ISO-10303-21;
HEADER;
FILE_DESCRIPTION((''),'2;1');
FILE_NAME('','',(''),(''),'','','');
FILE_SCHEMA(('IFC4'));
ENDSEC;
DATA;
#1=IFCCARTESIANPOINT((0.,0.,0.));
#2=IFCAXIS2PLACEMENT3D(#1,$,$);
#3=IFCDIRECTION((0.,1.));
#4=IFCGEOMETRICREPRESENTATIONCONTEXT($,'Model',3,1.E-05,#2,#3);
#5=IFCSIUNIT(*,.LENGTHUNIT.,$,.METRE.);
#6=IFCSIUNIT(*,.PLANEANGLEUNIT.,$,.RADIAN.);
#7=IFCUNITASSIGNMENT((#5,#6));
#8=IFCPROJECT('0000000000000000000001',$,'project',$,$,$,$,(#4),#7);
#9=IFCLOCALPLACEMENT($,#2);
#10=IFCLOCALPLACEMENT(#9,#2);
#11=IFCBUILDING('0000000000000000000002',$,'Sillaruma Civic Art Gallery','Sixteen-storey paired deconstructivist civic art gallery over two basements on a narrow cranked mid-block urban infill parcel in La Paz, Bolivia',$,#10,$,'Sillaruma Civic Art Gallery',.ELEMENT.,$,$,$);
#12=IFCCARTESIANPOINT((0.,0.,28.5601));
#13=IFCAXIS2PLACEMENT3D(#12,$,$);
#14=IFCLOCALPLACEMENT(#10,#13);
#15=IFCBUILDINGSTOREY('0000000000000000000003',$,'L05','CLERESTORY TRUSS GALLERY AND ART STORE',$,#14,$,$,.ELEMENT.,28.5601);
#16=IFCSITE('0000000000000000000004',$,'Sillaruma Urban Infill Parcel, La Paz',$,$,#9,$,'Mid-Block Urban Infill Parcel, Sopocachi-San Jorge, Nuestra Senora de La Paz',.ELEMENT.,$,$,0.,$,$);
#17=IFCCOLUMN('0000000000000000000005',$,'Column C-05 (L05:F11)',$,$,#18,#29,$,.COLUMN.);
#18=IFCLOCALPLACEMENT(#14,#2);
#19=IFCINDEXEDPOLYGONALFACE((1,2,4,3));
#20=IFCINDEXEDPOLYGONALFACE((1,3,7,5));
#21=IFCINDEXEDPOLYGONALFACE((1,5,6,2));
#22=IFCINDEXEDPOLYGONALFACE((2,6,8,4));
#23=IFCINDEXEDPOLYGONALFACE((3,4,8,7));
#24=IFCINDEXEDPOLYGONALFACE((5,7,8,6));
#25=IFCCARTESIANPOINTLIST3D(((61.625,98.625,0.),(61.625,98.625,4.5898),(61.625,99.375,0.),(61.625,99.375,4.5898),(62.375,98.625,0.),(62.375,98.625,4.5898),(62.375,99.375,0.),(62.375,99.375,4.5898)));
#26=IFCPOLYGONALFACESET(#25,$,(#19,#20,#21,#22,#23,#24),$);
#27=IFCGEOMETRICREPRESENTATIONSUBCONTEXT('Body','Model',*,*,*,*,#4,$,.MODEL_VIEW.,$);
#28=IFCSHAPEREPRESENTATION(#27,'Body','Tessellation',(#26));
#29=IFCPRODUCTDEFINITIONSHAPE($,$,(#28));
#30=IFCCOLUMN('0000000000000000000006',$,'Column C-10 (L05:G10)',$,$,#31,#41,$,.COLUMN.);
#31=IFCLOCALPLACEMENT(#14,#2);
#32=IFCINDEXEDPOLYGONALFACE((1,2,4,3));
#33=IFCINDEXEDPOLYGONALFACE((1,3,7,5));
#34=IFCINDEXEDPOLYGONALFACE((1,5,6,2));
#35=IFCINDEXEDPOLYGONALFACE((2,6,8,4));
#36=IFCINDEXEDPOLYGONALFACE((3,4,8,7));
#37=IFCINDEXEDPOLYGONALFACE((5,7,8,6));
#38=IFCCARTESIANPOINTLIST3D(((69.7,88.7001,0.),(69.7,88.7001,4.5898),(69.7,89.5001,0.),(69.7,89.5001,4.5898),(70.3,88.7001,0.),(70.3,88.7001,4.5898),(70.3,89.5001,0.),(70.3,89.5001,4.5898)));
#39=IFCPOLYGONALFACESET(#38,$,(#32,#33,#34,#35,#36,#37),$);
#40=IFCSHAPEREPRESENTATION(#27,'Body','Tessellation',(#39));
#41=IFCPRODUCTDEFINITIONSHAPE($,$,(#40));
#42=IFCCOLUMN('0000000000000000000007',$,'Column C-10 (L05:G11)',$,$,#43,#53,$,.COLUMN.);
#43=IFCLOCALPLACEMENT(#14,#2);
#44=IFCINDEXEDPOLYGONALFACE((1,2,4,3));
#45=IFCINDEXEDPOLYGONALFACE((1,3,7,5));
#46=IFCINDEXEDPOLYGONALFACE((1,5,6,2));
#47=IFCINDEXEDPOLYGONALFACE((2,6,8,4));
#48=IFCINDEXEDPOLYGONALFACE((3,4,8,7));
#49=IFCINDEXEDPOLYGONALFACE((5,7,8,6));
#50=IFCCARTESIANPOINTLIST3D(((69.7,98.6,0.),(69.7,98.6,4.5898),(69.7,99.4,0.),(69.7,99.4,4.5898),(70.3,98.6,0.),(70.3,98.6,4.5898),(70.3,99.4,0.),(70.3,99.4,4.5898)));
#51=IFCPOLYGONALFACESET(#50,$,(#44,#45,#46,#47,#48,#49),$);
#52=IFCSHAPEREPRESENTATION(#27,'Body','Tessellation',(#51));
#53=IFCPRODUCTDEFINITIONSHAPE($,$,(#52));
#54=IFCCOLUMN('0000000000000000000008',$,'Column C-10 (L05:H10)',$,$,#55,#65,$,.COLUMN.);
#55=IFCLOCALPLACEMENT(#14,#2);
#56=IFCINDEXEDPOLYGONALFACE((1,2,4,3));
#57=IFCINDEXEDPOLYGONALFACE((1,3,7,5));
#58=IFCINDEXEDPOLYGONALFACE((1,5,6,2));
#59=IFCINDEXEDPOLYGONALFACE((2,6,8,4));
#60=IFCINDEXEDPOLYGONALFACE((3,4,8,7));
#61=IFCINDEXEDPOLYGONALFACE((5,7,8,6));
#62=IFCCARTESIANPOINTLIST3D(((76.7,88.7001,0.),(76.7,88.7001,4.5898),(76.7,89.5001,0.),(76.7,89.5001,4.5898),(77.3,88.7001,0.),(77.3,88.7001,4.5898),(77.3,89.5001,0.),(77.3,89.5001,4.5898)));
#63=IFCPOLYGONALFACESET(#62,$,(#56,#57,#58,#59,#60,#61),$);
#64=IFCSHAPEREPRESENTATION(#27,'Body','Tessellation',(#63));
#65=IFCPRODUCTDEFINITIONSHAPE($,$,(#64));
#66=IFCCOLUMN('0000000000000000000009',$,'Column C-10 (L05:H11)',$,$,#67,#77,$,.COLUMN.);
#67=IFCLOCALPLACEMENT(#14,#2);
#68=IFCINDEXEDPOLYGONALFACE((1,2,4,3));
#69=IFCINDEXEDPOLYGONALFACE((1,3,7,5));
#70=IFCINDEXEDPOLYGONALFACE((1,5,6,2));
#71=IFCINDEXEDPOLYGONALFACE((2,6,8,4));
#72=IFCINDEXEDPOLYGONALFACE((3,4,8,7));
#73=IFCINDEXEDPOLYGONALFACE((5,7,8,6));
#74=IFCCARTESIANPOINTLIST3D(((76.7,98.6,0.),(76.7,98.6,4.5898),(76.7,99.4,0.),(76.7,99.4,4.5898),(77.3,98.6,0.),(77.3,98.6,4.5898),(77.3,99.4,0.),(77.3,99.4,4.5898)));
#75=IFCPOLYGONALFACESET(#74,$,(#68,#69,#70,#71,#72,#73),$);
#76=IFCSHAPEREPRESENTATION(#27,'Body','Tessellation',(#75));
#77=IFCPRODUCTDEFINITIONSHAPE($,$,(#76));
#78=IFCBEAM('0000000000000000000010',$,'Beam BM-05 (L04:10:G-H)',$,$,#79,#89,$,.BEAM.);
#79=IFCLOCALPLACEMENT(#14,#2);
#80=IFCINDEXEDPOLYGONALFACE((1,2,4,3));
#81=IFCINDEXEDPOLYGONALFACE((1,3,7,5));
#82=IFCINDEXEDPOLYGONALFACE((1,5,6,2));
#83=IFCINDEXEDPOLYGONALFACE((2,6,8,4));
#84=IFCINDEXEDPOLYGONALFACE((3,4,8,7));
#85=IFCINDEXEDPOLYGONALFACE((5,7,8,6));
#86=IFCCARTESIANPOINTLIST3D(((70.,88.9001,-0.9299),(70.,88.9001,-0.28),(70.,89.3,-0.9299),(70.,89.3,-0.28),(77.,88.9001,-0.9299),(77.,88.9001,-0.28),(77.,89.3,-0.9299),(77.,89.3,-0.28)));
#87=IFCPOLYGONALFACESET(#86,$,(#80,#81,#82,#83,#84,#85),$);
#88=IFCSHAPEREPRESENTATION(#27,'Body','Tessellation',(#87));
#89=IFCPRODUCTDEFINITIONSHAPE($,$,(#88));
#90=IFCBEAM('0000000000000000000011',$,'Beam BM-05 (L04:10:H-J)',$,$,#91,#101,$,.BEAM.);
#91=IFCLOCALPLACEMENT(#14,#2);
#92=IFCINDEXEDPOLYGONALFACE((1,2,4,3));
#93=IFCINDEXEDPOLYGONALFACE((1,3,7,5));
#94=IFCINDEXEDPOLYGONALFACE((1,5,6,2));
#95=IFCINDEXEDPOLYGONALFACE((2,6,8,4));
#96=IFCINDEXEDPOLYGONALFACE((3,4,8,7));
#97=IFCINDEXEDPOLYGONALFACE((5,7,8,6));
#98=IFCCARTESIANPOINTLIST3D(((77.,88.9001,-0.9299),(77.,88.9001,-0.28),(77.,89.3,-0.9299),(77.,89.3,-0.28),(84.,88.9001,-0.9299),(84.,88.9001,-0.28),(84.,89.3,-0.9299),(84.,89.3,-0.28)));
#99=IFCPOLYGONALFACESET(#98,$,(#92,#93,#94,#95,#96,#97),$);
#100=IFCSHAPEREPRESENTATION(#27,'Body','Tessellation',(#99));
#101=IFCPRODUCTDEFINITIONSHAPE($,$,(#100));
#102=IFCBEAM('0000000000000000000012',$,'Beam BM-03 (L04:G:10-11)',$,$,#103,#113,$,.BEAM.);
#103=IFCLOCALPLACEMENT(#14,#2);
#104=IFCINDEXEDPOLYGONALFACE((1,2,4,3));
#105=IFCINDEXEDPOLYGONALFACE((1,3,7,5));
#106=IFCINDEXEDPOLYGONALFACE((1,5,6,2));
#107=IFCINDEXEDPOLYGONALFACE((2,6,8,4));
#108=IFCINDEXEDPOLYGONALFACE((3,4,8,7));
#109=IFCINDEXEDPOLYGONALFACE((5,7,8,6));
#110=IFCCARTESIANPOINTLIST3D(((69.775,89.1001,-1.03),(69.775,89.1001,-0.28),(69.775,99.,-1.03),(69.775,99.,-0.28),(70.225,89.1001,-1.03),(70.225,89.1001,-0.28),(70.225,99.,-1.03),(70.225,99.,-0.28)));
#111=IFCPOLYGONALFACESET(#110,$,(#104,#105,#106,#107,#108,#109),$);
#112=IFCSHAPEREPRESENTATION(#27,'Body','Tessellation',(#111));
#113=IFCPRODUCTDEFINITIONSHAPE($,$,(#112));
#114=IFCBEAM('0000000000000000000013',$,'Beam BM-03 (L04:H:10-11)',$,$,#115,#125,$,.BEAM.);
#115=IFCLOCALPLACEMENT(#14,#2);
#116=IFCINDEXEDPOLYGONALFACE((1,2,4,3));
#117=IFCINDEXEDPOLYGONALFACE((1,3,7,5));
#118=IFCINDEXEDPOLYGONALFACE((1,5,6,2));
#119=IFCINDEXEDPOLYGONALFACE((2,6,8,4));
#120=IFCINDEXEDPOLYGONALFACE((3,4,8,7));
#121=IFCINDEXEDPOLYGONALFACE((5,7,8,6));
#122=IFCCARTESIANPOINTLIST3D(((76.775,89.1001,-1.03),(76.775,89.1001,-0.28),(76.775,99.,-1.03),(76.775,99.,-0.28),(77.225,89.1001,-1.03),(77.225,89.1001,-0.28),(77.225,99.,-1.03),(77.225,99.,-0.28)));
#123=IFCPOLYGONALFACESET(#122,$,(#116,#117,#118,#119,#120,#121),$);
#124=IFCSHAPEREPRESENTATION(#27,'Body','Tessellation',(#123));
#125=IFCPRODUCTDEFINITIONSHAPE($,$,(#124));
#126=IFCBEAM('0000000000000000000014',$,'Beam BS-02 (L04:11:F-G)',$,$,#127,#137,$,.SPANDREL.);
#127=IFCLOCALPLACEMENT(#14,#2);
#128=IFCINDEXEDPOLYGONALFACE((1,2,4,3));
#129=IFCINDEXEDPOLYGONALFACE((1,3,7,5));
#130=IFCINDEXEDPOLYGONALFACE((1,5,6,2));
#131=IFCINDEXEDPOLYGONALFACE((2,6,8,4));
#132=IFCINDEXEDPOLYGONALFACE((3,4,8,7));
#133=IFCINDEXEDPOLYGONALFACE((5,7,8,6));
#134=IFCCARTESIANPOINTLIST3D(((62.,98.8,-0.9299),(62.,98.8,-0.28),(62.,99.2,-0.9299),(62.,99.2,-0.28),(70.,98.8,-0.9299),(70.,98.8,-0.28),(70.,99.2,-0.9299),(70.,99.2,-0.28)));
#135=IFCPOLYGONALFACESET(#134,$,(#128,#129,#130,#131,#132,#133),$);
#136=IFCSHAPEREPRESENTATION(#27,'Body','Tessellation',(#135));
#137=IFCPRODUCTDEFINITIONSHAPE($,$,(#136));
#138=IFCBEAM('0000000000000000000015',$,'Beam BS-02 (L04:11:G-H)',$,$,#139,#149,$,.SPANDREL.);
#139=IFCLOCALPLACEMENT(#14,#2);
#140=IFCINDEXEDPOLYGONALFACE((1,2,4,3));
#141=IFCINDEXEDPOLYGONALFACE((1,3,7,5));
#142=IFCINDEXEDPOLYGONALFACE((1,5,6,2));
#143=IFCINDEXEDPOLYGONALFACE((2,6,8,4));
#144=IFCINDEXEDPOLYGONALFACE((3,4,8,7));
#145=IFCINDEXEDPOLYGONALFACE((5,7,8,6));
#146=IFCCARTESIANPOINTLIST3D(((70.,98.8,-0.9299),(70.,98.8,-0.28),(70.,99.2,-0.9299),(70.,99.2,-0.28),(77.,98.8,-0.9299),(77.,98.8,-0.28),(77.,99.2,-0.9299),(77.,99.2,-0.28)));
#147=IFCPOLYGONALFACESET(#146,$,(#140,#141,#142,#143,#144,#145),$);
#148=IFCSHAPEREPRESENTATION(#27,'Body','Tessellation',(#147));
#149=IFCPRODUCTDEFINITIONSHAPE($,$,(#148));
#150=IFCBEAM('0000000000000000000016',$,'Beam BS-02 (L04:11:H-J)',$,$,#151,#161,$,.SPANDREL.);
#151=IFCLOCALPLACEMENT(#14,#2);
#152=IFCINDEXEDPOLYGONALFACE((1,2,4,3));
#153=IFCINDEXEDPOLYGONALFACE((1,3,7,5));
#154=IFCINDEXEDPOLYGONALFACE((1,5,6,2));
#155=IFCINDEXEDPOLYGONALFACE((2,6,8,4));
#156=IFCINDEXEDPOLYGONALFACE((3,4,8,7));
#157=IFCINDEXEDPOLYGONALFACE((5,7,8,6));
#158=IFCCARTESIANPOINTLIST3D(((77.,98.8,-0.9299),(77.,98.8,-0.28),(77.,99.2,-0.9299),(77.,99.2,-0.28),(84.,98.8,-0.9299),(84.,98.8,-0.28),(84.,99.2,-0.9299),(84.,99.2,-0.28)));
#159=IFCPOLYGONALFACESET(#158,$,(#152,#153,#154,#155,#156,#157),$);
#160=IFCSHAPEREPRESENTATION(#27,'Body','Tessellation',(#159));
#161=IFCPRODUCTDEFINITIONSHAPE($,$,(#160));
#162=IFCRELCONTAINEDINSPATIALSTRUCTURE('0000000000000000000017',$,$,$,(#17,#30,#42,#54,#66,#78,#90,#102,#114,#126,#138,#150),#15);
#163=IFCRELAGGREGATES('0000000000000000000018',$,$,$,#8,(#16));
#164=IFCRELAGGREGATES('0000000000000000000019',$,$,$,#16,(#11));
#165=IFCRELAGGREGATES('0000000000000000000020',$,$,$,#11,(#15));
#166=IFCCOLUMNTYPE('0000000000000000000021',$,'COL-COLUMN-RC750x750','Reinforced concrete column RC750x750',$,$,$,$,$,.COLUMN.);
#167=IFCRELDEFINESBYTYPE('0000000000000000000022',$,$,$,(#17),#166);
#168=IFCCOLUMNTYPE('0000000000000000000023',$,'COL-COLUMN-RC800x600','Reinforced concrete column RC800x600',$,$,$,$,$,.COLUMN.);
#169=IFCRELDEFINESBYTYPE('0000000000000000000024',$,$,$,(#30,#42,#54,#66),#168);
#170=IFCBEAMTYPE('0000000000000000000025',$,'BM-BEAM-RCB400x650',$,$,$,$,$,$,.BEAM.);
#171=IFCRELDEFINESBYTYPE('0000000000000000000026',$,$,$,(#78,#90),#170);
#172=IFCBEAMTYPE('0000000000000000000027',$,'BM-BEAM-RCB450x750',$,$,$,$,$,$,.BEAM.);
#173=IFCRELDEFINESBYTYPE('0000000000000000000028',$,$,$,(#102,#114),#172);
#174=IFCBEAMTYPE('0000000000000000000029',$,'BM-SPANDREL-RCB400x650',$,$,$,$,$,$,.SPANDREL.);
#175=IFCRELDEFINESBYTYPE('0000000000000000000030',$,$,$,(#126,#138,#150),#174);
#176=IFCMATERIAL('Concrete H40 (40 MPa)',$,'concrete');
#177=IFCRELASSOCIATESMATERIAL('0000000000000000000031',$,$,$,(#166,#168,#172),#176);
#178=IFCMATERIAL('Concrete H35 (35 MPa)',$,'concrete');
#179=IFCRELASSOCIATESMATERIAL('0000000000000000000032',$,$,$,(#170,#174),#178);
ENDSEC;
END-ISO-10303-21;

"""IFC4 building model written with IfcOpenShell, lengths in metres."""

from ifc_helpers import new_model, si_unit, direction, frame, origin, origin_2d, place, context, subcontext, project, spatial, rectangle, extrude, material, material_profile, profile_set, type_object, element, save


model = new_model("IFC4")

# Units and contexts
model_context = context("Model", 3, precision=1e-05, world=origin(), true_north=direction((0.0, 1.0)))
body_context = subcontext(model_context, "Body", "Model", "MODEL_VIEW")
ifc_project = project(units=[si_unit("LENGTHUNIT", "METRE"), si_unit("PLANEANGLEUNIT", "RADIAN")], contexts=[model_context])

# Site, building, storey
site_placement = place(None, origin())
site = spatial("IfcSite", under=ifc_project, at=site_placement, Name="Sillaruma Urban Infill Parcel, La Paz", LongName="Mid-Block Urban Infill Parcel, Sopocachi-San Jorge, Nuestra Senora de La Paz", CompositionType="ELEMENT", RefElevation=0.0)
building_placement = place(site_placement, origin())
building = spatial("IfcBuilding", under=site, at=building_placement, Name="Sillaruma Civic Art Gallery", Description="Sixteen-storey paired deconstructivist civic art gallery over two basements on a narrow cranked mid-block urban infill parcel in La Paz, Bolivia", LongName="Sillaruma Civic Art Gallery", CompositionType="ELEMENT")
storey_placement = place(building_placement, frame((0.0, 0.0, 28.5601)))
storey = spatial("IfcBuildingStorey", under=building, at=storey_placement, Name="L05", Description="CLERESTORY TRUSS GALLERY AND ART STORE", CompositionType="ELEMENT", Elevation=28.5601)

# Columns
ifc_material_1 = material(Name="Concrete H40 (40 MPa)", Category="concrete")
ifc_material_profile_1 = material_profile(ifc_material_1, rectangle(XDim=0.75, YDim=0.75, at=origin_2d()), Name="RC750x750")
ifc_profile_set_1 = profile_set([ifc_material_profile_1], Name="Concrete H40 (40 MPa)")
column_type_1 = type_object("IfcColumnType", Name="COL-COLUMN-RC750x750", Description="Reinforced concrete column RC750x750", PredefinedType="COLUMN", material=ifc_profile_set_1)
column_placement = place(storey_placement, frame((62.0, 99.0, 0.0), z_axis=(0.0, 0.0, 1.0), x_axis=(1.0, 0.0, 0.0)))
element("IfcColumn", 1, at=column_placement, inside=storey, type_object=column_type_1, Name="Column C-05 (L05:F11)", PredefinedType="COLUMN", context=body_context, shape_type="SweptSolid", body=[
    extrude(rectangle(XDim=0.75, YDim=0.75, at=origin_2d()), origin(), (0.0, 0.0, 1.0), 4.5898),
])
ifc_material_profile_2 = material_profile(ifc_material_1, rectangle(XDim=0.6001, YDim=0.8, at=origin_2d()), Name="RC800x600")
ifc_profile_set_2 = profile_set([ifc_material_profile_2], Name="Concrete H40 (40 MPa)")
column_type_2 = type_object("IfcColumnType", Name="COL-COLUMN-RC800x600", Description="Reinforced concrete column RC800x600", PredefinedType="COLUMN", material=ifc_profile_set_2)
for number, where, z_axis, x_axis, name in (
    (2, (70.0, 89.1001, 0.0), (0.0, 0.0, 1.0), (1.0, 0.0, 0.0), "Column C-10 (L05:G10)"),
    (3, (70.0, 99.0, 0.0), (0.0, 0.0, 1.0), (1.0, 0.0, 0.0), "Column C-10 (L05:G11)"),
    (4, (77.0, 89.1001, 0.0), (0.0, 0.0, 1.0), (1.0, 0.0, 0.0), "Column C-10 (L05:H10)"),
    (5, (77.0, 99.0, 0.0), (0.0, 0.0, 1.0), (1.0, 0.0, 0.0), "Column C-10 (L05:H11)"),
):
    element("IfcColumn", number, at=place(storey_placement, frame(where, z_axis=z_axis, x_axis=x_axis)), inside=storey, type_object=column_type_2, Name=name, PredefinedType="COLUMN", context=body_context, shape_type="SweptSolid", body=[
        extrude(rectangle(XDim=0.6001, YDim=0.8, at=origin_2d()), origin(), (0.0, 0.0, 1.0), 4.5898),
    ])

# Beams
ifc_material_2 = material(Name="Concrete H35 (35 MPa)", Category="concrete")
ifc_material_profile_3 = material_profile(ifc_material_2, rectangle(XDim=0.3999, YDim=0.6499, at=origin_2d()), Name="RCB400x650")
ifc_profile_set_3 = profile_set([ifc_material_profile_3], Name="Concrete H35 (35 MPa)")
beam_type_1 = type_object("IfcBeamType", Name="BM-BEAM-RCB400x650", PredefinedType="BEAM", material=ifc_profile_set_3)
for number, where, z_axis, x_axis, name in (
    (6, (70.0, 89.1001, -0.605), (1.0, 0.0, 0.0), (0.0, 1.0, 0.0), "Beam BM-05 (L04:10:G-H)"),
    (7, (77.0, 89.1001, -0.605), (1.0, 0.0, 0.0), (0.0, 1.0, 0.0), "Beam BM-05 (L04:10:H-J)"),
):
    element("IfcBeam", number, at=place(storey_placement, frame(where, z_axis=z_axis, x_axis=x_axis)), inside=storey, type_object=beam_type_1, Name=name, PredefinedType="BEAM", context=body_context, shape_type="SweptSolid", body=[
        extrude(rectangle(XDim=0.3999, YDim=0.6499, at=origin_2d()), origin(), (0.0, 0.0, 1.0), 7.0),
    ])
ifc_material_profile_4 = material_profile(ifc_material_1, rectangle(XDim=0.45, YDim=0.75, at=origin_2d()), Name="RCB450x750")
ifc_profile_set_4 = profile_set([ifc_material_profile_4], Name="Concrete H40 (40 MPa)")
beam_type_2 = type_object("IfcBeamType", Name="BM-BEAM-RCB450x750", PredefinedType="BEAM", material=ifc_profile_set_4)
for number, where, z_axis, x_axis, name in (
    (8, (70.0, 89.1001, -0.655), (0.0, 1.0, 0.0), (-1.0, 0.0, 0.0), "Beam BM-03 (L04:G:10-11)"),
    (9, (77.0, 89.1001, -0.655), (0.0, 1.0, 0.0), (-1.0, 0.0, 0.0), "Beam BM-03 (L04:H:10-11)"),
):
    element("IfcBeam", number, at=place(storey_placement, frame(where, z_axis=z_axis, x_axis=x_axis)), inside=storey, type_object=beam_type_2, Name=name, PredefinedType="BEAM", context=body_context, shape_type="SweptSolid", body=[
        extrude(rectangle(XDim=0.45, YDim=0.75, at=origin_2d()), origin(), (0.0, 0.0, 1.0), 9.8999),
    ])
ifc_material_profile_5 = material_profile(ifc_material_2, rectangle(XDim=0.3999, YDim=0.6499, at=origin_2d()), Name="RCB400x650")
ifc_profile_set_5 = profile_set([ifc_material_profile_5], Name="Concrete H35 (35 MPa)")
beam_type_3 = type_object("IfcBeamType", Name="BM-SPANDREL-RCB400x650", PredefinedType="SPANDREL", material=ifc_profile_set_5)
beam_placement = place(storey_placement, frame((62.0, 99.0, -0.605), z_axis=(1.0, 0.0, 0.0), x_axis=(0.0, 1.0, 0.0)))
element("IfcBeam", 10, at=beam_placement, inside=storey, type_object=beam_type_3, Name="Beam BS-02 (L04:11:F-G)", PredefinedType="SPANDREL", context=body_context, shape_type="SweptSolid", body=[
    extrude(rectangle(XDim=0.3999, YDim=0.6499, at=origin_2d()), origin(), (0.0, 0.0, 1.0), 8.0),
])
for number, where, z_axis, x_axis, name in (
    (11, (70.0, 99.0, -0.605), (1.0, 0.0, 0.0), (0.0, 1.0, 0.0), "Beam BS-02 (L04:11:G-H)"),
    (12, (77.0, 99.0, -0.605), (1.0, 0.0, 0.0), (0.0, 1.0, 0.0), "Beam BS-02 (L04:11:H-J)"),
):
    element("IfcBeam", number, at=place(storey_placement, frame(where, z_axis=z_axis, x_axis=x_axis)), inside=storey, type_object=beam_type_3, Name=name, PredefinedType="SPANDREL", context=body_context, shape_type="SweptSolid", body=[
        extrude(rectangle(XDim=0.3999, YDim=0.6499, at=origin_2d()), origin(), (0.0, 0.0, 1.0), 7.0),
    ])

save(model, "model.ifc")
